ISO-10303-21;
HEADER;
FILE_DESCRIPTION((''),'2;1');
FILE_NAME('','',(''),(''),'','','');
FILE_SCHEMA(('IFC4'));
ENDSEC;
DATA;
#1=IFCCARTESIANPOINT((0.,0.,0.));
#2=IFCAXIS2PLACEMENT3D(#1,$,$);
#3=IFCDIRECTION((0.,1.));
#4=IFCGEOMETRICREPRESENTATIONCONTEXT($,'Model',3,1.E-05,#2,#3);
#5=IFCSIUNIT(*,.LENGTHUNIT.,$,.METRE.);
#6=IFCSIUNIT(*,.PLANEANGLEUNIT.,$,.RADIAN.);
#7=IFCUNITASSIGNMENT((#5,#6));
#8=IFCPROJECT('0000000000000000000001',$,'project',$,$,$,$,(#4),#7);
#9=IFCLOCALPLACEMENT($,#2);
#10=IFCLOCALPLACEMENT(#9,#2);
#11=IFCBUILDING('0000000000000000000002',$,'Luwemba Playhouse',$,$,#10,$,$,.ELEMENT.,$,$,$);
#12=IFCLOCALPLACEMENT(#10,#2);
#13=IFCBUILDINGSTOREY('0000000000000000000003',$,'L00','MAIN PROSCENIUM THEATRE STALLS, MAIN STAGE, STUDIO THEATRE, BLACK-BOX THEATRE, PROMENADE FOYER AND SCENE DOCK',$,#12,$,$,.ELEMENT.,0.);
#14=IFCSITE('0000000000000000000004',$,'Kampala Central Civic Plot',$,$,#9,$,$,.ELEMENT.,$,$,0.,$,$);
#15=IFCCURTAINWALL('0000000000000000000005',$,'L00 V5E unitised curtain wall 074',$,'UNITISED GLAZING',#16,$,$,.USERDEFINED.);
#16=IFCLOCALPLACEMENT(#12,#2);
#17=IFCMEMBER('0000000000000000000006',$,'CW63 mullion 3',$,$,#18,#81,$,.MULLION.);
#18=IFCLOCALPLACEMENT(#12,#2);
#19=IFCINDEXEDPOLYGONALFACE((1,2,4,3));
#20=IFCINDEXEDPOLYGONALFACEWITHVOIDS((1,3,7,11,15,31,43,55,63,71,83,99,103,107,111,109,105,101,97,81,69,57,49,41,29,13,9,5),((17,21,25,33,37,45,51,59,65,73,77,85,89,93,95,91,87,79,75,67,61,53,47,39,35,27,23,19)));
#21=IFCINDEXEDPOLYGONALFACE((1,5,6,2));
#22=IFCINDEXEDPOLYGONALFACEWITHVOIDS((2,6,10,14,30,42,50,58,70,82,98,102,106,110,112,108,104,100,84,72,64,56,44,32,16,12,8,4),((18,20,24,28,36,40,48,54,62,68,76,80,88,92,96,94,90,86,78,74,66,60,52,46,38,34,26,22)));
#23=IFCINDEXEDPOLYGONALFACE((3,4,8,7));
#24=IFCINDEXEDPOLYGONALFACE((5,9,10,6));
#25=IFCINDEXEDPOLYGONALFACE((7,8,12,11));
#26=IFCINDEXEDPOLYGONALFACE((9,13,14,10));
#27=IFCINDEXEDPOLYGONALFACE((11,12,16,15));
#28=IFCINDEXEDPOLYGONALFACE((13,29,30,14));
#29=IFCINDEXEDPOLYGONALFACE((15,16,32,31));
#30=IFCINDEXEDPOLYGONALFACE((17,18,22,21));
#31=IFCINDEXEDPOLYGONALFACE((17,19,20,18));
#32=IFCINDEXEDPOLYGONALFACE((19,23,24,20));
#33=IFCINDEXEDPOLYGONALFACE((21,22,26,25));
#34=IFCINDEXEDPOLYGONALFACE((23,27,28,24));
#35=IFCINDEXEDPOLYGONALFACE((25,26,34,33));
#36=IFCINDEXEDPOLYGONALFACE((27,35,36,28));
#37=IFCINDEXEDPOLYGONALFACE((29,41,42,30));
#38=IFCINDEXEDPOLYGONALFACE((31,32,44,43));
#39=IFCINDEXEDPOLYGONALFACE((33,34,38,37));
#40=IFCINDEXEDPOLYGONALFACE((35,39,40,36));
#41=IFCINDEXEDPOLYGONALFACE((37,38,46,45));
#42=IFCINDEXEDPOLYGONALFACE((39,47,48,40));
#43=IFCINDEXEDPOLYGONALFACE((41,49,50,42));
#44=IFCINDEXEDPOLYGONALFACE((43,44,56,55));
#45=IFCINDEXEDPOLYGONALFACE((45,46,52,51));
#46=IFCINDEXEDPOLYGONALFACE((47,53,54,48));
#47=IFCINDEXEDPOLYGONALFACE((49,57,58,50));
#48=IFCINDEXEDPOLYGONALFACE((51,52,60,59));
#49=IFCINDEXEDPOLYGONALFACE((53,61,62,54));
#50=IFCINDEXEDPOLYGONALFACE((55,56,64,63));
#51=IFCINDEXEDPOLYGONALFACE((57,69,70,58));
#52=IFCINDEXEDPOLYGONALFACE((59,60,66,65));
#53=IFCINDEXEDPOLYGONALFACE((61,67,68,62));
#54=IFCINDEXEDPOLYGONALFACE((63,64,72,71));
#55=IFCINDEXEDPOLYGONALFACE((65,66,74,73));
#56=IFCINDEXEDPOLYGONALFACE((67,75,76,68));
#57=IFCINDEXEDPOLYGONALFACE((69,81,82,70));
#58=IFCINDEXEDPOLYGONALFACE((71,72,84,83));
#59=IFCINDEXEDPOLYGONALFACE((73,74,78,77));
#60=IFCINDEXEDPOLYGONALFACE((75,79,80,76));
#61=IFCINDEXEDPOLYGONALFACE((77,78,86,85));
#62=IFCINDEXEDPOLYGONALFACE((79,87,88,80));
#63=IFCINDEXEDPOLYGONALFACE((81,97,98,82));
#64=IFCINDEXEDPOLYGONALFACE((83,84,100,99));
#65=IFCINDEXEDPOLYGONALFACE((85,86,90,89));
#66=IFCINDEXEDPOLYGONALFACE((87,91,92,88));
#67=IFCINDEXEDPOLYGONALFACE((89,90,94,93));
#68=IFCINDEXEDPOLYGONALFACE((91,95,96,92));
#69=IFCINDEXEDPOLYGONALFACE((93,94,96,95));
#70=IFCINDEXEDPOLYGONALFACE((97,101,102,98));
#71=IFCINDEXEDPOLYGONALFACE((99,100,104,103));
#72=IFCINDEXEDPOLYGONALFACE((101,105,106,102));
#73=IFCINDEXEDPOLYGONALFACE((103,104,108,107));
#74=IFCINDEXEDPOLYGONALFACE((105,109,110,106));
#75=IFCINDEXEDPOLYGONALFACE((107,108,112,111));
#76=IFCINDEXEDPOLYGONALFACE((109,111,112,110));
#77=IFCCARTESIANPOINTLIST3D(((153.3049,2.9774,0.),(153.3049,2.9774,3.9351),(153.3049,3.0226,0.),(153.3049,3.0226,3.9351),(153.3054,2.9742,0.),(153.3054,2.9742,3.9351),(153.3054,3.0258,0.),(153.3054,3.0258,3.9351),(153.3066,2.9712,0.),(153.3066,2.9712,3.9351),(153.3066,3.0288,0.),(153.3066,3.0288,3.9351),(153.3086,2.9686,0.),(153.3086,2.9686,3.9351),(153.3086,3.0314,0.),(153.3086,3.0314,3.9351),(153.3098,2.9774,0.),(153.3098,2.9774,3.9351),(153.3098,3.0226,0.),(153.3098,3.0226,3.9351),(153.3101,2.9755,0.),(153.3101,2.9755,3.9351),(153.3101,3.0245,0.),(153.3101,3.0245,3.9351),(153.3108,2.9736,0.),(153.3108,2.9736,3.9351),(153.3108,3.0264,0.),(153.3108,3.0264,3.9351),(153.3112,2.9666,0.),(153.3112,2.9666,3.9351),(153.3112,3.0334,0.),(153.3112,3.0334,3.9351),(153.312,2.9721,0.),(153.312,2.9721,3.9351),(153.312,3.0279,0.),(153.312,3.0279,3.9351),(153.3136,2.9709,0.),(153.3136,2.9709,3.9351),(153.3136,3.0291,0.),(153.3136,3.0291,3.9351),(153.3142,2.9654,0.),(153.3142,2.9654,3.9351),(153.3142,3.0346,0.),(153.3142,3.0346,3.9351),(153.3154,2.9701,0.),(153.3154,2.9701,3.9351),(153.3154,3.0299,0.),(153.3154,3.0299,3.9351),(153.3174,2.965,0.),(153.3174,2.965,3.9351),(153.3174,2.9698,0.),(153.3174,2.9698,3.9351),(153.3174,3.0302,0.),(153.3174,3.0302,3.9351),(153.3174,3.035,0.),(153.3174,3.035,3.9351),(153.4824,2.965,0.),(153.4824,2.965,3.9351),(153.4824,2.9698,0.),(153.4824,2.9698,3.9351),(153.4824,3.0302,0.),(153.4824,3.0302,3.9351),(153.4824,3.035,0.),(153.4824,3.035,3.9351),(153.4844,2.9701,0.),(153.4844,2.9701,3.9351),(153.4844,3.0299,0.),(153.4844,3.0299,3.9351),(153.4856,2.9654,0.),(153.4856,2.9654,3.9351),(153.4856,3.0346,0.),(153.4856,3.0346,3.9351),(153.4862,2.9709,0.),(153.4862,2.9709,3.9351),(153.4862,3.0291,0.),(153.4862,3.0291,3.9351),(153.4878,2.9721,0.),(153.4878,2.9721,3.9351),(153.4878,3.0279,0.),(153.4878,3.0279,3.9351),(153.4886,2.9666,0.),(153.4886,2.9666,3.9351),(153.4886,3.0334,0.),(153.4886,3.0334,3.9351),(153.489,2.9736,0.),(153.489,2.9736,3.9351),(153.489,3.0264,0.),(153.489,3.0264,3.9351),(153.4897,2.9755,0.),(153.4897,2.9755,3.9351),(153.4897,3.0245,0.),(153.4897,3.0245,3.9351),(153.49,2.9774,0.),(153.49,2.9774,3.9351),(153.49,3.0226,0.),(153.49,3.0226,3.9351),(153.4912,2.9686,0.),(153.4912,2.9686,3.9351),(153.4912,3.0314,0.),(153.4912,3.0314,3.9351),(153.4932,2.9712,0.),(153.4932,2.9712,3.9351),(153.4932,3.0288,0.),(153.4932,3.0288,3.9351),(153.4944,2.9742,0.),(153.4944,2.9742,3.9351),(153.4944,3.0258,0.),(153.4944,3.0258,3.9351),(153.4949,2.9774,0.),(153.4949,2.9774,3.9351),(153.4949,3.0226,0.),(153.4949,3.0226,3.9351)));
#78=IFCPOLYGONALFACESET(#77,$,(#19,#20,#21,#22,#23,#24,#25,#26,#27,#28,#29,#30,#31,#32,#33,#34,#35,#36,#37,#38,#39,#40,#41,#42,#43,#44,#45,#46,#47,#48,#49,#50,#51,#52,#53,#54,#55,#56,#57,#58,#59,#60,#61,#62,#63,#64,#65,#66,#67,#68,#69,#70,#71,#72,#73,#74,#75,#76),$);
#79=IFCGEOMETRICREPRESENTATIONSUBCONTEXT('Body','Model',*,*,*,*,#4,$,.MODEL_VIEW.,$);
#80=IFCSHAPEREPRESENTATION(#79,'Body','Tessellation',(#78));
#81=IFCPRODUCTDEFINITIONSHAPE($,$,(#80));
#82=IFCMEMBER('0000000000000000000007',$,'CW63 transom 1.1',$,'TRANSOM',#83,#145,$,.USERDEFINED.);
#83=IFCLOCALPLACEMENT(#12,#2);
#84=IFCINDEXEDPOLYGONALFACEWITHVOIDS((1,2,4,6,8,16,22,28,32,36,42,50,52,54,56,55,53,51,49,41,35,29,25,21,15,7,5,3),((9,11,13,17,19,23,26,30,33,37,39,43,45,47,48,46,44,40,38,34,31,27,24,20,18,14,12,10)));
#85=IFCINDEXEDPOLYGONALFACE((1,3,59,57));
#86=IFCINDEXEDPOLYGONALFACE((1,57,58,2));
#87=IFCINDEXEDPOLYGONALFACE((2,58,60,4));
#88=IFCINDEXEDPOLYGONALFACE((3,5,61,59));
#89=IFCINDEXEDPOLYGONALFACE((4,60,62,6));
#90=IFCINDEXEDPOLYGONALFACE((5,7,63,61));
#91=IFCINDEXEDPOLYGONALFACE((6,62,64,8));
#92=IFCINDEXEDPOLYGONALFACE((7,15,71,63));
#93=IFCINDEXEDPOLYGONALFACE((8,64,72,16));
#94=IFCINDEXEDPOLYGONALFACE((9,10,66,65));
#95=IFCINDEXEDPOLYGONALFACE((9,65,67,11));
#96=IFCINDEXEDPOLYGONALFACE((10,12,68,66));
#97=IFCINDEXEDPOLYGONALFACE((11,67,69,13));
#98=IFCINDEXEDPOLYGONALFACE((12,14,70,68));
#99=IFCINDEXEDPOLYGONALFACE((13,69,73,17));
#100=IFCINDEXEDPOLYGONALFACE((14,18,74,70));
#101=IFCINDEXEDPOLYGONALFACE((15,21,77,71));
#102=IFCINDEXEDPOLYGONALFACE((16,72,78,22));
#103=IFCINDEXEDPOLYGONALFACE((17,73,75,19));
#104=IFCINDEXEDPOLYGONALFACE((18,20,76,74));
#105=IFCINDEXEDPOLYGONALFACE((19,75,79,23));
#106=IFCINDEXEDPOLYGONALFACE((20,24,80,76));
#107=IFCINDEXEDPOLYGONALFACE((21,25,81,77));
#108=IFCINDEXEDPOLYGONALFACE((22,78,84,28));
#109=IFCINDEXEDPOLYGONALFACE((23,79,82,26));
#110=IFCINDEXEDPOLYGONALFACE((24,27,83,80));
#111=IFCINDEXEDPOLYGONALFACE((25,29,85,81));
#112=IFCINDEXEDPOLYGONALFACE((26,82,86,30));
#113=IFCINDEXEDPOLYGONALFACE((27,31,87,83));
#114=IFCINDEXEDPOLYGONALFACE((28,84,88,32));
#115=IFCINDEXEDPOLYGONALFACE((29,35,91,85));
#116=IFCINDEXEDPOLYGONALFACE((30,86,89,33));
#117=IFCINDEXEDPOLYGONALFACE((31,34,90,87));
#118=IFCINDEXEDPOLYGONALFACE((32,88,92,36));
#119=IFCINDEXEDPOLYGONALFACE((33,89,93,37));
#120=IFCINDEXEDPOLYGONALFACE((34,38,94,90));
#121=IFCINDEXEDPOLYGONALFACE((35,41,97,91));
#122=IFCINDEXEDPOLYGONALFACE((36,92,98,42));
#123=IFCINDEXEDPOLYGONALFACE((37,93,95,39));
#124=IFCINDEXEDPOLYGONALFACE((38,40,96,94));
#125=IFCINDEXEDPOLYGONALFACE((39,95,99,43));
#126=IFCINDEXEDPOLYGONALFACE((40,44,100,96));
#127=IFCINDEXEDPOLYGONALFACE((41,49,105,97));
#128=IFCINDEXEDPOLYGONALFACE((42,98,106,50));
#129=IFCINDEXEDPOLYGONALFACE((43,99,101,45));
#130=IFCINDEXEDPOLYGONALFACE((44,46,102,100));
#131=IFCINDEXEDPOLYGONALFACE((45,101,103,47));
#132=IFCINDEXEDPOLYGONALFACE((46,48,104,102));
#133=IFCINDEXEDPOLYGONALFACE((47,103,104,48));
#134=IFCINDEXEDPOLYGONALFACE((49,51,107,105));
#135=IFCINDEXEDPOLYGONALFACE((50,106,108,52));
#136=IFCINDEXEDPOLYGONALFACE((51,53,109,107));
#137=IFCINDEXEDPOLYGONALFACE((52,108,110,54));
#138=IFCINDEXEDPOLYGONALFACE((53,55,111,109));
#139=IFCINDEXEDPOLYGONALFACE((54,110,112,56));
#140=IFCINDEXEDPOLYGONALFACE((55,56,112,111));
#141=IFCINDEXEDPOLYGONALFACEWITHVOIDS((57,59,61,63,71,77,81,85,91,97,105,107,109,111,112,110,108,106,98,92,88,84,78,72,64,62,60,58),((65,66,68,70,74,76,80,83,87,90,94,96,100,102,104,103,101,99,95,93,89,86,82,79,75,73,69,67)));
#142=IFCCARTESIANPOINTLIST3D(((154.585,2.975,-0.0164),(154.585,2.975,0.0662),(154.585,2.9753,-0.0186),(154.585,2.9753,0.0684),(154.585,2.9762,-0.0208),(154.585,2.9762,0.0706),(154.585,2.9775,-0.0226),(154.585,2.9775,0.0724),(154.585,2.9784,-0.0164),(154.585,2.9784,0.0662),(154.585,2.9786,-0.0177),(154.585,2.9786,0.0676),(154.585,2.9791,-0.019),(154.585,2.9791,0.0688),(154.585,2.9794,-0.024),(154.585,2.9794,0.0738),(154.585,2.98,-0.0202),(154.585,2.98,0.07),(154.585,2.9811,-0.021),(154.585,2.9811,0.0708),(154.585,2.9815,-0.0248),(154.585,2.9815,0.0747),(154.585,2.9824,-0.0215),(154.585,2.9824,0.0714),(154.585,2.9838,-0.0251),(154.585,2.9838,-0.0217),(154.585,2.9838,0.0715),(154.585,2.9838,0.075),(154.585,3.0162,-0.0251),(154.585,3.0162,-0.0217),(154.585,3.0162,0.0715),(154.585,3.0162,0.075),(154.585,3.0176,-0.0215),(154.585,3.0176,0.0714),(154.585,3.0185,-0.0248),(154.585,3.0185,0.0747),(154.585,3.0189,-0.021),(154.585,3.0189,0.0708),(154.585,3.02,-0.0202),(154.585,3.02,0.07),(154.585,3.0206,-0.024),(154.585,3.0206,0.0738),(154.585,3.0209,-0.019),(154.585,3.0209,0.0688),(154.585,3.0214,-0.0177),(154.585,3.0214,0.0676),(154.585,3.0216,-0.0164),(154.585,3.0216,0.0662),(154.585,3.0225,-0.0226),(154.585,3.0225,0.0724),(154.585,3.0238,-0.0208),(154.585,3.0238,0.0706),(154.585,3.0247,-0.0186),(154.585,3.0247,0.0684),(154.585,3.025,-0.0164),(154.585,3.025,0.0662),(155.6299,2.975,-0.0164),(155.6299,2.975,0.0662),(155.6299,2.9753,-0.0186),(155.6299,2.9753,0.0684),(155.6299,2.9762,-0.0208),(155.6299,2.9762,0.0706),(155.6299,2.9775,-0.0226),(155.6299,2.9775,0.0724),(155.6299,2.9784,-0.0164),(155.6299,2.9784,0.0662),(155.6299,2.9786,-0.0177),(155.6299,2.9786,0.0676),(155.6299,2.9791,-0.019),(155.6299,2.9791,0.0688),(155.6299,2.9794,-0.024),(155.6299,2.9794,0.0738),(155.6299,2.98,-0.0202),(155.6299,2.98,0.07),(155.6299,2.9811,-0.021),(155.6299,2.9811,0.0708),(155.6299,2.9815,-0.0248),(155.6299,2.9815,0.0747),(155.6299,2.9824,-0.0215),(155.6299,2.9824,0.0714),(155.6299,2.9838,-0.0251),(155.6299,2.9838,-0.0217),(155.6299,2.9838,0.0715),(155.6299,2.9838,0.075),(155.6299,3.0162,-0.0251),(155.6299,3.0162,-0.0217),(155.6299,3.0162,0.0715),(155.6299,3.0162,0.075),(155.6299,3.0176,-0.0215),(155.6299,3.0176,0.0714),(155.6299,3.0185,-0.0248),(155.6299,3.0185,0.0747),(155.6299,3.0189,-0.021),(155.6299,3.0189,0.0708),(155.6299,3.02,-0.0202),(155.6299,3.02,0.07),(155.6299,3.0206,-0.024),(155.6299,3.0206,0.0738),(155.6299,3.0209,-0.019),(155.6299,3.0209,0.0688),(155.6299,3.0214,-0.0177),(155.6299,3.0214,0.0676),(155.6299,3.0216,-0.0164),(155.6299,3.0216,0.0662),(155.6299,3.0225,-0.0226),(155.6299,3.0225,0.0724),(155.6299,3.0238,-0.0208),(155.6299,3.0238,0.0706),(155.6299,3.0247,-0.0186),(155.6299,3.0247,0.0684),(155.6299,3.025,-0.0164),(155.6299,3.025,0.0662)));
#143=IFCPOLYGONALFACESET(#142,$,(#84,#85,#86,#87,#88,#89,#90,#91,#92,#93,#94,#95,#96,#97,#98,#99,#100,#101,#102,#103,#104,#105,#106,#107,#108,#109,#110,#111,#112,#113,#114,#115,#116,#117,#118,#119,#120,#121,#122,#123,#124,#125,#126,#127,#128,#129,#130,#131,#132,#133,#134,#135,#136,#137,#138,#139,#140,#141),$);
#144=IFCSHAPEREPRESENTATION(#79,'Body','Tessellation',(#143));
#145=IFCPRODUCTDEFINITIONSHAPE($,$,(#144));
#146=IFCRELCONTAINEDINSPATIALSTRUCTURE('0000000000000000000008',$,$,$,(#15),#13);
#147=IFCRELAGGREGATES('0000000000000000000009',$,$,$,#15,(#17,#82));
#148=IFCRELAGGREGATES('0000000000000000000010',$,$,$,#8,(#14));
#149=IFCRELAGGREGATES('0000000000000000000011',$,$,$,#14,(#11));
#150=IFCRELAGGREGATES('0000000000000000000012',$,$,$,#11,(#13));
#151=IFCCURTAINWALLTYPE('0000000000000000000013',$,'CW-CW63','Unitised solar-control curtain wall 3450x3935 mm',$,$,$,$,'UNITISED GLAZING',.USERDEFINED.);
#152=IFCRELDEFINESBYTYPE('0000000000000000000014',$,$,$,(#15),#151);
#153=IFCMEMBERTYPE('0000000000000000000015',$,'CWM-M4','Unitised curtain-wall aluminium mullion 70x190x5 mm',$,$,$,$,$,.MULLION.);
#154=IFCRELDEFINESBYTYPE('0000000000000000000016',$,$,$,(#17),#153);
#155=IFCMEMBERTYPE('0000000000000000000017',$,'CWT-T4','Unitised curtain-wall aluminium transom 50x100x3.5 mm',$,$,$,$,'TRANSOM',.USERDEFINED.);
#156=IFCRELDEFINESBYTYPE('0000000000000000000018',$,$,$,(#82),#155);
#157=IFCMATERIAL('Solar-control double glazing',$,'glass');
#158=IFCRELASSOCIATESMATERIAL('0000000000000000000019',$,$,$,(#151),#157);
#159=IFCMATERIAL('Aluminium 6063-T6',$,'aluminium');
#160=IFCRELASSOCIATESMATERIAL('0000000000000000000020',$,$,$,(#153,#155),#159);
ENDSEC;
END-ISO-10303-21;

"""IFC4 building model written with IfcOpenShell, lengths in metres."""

from ifc_helpers import new_model, si_unit, direction, frame, origin, origin_2d, place, context, subcontext, project, spatial, hollow_rectangle, extrude, material, material_profile, profile_set, type_object, element, aggregate, save


model = new_model("IFC4")

# Units and contexts
model_context = context("Model", 3, precision=1e-05, world=origin(), true_north=direction((0.0, 1.0)))
body_context = subcontext(model_context, "Body", "Model", "MODEL_VIEW")
ifc_project = project(units=[si_unit("LENGTHUNIT", "METRE"), si_unit("PLANEANGLEUNIT", "RADIAN")], contexts=[model_context])

# Site, building, storey
site_placement = place(None, origin())
site = spatial("IfcSite", under=ifc_project, at=site_placement, Name="Kampala Central Civic Plot", CompositionType="ELEMENT", RefElevation=0.0)
building_placement = place(site_placement, origin())
building = spatial("IfcBuilding", under=site, at=building_placement, Name="Luwemba Playhouse", CompositionType="ELEMENT")
storey_placement = place(building_placement, origin())
storey = spatial("IfcBuildingStorey", under=building, at=storey_placement, Name="L00", Description="MAIN PROSCENIUM THEATRE STALLS, MAIN STAGE, STUDIO THEATRE, BLACK-BOX THEATRE, PROMENADE FOYER AND SCENE DOCK", CompositionType="ELEMENT", Elevation=0.0)

# Curtain wall, members
ifc_material_1 = material(Name="Solar-control double glazing", Category="glass")
curtain_wall_type = type_object("IfcCurtainWallType", Name="CW-CW63", Description="Unitised solar-control curtain wall 3450x3935 mm", ElementType="UNITISED GLAZING", PredefinedType="USERDEFINED", material=ifc_material_1)
curtain_wall_placement = place(storey_placement, origin())
curtain_wall = element("IfcCurtainWall", 1, at=curtain_wall_placement, inside=storey, type_object=curtain_wall_type, Name="L00 V5E unitised curtain wall 074", ObjectType="UNITISED GLAZING", PredefinedType="USERDEFINED")
ifc_material_2 = material(Name="Aluminium 6063-T6", Category="aluminium")
ifc_material_profile_1 = material_profile(ifc_material_2, hollow_rectangle(XDim=0.0701, YDim=0.1899, WallThickness=0.0049, InnerFilletRadius=0.0076, OuterFilletRadius=0.0125, at=origin_2d()))
ifc_profile_set_1 = profile_set([ifc_material_profile_1], Name="Aluminium 6063-T6")
member_type_1 = type_object("IfcMemberType", Name="CWM-M4", Description="Unitised curtain-wall aluminium mullion 70x190x5 mm", PredefinedType="MULLION", material=ifc_profile_set_1)
member_1_placement = place(storey_placement, frame((153.3999, 3.0, 0.0), z_axis=(0.0, 0.0, 1.0), x_axis=(0.0, -1.0, 0.0)))
member_1 = element("IfcMember", 2, at=member_1_placement, type_object=member_type_1, Name="CW63 mullion 3", PredefinedType="MULLION", context=body_context, shape_type="SweptSolid", body=[
    extrude(hollow_rectangle(XDim=0.0701, YDim=0.1899, WallThickness=0.0049, InnerFilletRadius=0.0076, OuterFilletRadius=0.0125, at=origin_2d()), origin(), (0.0, 0.0, 1.0), 3.9351),
])
ifc_material_profile_2 = material_profile(ifc_material_2, hollow_rectangle(XDim=0.05, YDim=0.1001, WallThickness=0.0034, InnerFilletRadius=0.0054, OuterFilletRadius=0.0088, at=origin_2d()))
ifc_profile_set_2 = profile_set([ifc_material_profile_2], Name="Aluminium 6063-T6")
member_type_2 = type_object("IfcMemberType", Name="CWT-T4", Description="Unitised curtain-wall aluminium transom 50x100x3.5 mm", ElementType="TRANSOM", PredefinedType="USERDEFINED", material=ifc_profile_set_2)
member_2_placement = place(storey_placement, frame((155.6299, 3.0, 0.0249), z_axis=(-1.0, 0.0, 0.0), x_axis=(0.0, -1.0, 0.0)))
member_2 = element("IfcMember", 3, at=member_2_placement, type_object=member_type_2, Name="CW63 transom 1.1", ObjectType="TRANSOM", PredefinedType="USERDEFINED", context=body_context, shape_type="SweptSolid", body=[
    extrude(hollow_rectangle(XDim=0.05, YDim=0.1001, WallThickness=0.0034, InnerFilletRadius=0.0054, OuterFilletRadius=0.0088, at=origin_2d()), origin(), (0.0, 0.0, 1.0), 1.0449),
])
aggregate(curtain_wall, [member_1, member_2])

save(model, "model.ifc")
